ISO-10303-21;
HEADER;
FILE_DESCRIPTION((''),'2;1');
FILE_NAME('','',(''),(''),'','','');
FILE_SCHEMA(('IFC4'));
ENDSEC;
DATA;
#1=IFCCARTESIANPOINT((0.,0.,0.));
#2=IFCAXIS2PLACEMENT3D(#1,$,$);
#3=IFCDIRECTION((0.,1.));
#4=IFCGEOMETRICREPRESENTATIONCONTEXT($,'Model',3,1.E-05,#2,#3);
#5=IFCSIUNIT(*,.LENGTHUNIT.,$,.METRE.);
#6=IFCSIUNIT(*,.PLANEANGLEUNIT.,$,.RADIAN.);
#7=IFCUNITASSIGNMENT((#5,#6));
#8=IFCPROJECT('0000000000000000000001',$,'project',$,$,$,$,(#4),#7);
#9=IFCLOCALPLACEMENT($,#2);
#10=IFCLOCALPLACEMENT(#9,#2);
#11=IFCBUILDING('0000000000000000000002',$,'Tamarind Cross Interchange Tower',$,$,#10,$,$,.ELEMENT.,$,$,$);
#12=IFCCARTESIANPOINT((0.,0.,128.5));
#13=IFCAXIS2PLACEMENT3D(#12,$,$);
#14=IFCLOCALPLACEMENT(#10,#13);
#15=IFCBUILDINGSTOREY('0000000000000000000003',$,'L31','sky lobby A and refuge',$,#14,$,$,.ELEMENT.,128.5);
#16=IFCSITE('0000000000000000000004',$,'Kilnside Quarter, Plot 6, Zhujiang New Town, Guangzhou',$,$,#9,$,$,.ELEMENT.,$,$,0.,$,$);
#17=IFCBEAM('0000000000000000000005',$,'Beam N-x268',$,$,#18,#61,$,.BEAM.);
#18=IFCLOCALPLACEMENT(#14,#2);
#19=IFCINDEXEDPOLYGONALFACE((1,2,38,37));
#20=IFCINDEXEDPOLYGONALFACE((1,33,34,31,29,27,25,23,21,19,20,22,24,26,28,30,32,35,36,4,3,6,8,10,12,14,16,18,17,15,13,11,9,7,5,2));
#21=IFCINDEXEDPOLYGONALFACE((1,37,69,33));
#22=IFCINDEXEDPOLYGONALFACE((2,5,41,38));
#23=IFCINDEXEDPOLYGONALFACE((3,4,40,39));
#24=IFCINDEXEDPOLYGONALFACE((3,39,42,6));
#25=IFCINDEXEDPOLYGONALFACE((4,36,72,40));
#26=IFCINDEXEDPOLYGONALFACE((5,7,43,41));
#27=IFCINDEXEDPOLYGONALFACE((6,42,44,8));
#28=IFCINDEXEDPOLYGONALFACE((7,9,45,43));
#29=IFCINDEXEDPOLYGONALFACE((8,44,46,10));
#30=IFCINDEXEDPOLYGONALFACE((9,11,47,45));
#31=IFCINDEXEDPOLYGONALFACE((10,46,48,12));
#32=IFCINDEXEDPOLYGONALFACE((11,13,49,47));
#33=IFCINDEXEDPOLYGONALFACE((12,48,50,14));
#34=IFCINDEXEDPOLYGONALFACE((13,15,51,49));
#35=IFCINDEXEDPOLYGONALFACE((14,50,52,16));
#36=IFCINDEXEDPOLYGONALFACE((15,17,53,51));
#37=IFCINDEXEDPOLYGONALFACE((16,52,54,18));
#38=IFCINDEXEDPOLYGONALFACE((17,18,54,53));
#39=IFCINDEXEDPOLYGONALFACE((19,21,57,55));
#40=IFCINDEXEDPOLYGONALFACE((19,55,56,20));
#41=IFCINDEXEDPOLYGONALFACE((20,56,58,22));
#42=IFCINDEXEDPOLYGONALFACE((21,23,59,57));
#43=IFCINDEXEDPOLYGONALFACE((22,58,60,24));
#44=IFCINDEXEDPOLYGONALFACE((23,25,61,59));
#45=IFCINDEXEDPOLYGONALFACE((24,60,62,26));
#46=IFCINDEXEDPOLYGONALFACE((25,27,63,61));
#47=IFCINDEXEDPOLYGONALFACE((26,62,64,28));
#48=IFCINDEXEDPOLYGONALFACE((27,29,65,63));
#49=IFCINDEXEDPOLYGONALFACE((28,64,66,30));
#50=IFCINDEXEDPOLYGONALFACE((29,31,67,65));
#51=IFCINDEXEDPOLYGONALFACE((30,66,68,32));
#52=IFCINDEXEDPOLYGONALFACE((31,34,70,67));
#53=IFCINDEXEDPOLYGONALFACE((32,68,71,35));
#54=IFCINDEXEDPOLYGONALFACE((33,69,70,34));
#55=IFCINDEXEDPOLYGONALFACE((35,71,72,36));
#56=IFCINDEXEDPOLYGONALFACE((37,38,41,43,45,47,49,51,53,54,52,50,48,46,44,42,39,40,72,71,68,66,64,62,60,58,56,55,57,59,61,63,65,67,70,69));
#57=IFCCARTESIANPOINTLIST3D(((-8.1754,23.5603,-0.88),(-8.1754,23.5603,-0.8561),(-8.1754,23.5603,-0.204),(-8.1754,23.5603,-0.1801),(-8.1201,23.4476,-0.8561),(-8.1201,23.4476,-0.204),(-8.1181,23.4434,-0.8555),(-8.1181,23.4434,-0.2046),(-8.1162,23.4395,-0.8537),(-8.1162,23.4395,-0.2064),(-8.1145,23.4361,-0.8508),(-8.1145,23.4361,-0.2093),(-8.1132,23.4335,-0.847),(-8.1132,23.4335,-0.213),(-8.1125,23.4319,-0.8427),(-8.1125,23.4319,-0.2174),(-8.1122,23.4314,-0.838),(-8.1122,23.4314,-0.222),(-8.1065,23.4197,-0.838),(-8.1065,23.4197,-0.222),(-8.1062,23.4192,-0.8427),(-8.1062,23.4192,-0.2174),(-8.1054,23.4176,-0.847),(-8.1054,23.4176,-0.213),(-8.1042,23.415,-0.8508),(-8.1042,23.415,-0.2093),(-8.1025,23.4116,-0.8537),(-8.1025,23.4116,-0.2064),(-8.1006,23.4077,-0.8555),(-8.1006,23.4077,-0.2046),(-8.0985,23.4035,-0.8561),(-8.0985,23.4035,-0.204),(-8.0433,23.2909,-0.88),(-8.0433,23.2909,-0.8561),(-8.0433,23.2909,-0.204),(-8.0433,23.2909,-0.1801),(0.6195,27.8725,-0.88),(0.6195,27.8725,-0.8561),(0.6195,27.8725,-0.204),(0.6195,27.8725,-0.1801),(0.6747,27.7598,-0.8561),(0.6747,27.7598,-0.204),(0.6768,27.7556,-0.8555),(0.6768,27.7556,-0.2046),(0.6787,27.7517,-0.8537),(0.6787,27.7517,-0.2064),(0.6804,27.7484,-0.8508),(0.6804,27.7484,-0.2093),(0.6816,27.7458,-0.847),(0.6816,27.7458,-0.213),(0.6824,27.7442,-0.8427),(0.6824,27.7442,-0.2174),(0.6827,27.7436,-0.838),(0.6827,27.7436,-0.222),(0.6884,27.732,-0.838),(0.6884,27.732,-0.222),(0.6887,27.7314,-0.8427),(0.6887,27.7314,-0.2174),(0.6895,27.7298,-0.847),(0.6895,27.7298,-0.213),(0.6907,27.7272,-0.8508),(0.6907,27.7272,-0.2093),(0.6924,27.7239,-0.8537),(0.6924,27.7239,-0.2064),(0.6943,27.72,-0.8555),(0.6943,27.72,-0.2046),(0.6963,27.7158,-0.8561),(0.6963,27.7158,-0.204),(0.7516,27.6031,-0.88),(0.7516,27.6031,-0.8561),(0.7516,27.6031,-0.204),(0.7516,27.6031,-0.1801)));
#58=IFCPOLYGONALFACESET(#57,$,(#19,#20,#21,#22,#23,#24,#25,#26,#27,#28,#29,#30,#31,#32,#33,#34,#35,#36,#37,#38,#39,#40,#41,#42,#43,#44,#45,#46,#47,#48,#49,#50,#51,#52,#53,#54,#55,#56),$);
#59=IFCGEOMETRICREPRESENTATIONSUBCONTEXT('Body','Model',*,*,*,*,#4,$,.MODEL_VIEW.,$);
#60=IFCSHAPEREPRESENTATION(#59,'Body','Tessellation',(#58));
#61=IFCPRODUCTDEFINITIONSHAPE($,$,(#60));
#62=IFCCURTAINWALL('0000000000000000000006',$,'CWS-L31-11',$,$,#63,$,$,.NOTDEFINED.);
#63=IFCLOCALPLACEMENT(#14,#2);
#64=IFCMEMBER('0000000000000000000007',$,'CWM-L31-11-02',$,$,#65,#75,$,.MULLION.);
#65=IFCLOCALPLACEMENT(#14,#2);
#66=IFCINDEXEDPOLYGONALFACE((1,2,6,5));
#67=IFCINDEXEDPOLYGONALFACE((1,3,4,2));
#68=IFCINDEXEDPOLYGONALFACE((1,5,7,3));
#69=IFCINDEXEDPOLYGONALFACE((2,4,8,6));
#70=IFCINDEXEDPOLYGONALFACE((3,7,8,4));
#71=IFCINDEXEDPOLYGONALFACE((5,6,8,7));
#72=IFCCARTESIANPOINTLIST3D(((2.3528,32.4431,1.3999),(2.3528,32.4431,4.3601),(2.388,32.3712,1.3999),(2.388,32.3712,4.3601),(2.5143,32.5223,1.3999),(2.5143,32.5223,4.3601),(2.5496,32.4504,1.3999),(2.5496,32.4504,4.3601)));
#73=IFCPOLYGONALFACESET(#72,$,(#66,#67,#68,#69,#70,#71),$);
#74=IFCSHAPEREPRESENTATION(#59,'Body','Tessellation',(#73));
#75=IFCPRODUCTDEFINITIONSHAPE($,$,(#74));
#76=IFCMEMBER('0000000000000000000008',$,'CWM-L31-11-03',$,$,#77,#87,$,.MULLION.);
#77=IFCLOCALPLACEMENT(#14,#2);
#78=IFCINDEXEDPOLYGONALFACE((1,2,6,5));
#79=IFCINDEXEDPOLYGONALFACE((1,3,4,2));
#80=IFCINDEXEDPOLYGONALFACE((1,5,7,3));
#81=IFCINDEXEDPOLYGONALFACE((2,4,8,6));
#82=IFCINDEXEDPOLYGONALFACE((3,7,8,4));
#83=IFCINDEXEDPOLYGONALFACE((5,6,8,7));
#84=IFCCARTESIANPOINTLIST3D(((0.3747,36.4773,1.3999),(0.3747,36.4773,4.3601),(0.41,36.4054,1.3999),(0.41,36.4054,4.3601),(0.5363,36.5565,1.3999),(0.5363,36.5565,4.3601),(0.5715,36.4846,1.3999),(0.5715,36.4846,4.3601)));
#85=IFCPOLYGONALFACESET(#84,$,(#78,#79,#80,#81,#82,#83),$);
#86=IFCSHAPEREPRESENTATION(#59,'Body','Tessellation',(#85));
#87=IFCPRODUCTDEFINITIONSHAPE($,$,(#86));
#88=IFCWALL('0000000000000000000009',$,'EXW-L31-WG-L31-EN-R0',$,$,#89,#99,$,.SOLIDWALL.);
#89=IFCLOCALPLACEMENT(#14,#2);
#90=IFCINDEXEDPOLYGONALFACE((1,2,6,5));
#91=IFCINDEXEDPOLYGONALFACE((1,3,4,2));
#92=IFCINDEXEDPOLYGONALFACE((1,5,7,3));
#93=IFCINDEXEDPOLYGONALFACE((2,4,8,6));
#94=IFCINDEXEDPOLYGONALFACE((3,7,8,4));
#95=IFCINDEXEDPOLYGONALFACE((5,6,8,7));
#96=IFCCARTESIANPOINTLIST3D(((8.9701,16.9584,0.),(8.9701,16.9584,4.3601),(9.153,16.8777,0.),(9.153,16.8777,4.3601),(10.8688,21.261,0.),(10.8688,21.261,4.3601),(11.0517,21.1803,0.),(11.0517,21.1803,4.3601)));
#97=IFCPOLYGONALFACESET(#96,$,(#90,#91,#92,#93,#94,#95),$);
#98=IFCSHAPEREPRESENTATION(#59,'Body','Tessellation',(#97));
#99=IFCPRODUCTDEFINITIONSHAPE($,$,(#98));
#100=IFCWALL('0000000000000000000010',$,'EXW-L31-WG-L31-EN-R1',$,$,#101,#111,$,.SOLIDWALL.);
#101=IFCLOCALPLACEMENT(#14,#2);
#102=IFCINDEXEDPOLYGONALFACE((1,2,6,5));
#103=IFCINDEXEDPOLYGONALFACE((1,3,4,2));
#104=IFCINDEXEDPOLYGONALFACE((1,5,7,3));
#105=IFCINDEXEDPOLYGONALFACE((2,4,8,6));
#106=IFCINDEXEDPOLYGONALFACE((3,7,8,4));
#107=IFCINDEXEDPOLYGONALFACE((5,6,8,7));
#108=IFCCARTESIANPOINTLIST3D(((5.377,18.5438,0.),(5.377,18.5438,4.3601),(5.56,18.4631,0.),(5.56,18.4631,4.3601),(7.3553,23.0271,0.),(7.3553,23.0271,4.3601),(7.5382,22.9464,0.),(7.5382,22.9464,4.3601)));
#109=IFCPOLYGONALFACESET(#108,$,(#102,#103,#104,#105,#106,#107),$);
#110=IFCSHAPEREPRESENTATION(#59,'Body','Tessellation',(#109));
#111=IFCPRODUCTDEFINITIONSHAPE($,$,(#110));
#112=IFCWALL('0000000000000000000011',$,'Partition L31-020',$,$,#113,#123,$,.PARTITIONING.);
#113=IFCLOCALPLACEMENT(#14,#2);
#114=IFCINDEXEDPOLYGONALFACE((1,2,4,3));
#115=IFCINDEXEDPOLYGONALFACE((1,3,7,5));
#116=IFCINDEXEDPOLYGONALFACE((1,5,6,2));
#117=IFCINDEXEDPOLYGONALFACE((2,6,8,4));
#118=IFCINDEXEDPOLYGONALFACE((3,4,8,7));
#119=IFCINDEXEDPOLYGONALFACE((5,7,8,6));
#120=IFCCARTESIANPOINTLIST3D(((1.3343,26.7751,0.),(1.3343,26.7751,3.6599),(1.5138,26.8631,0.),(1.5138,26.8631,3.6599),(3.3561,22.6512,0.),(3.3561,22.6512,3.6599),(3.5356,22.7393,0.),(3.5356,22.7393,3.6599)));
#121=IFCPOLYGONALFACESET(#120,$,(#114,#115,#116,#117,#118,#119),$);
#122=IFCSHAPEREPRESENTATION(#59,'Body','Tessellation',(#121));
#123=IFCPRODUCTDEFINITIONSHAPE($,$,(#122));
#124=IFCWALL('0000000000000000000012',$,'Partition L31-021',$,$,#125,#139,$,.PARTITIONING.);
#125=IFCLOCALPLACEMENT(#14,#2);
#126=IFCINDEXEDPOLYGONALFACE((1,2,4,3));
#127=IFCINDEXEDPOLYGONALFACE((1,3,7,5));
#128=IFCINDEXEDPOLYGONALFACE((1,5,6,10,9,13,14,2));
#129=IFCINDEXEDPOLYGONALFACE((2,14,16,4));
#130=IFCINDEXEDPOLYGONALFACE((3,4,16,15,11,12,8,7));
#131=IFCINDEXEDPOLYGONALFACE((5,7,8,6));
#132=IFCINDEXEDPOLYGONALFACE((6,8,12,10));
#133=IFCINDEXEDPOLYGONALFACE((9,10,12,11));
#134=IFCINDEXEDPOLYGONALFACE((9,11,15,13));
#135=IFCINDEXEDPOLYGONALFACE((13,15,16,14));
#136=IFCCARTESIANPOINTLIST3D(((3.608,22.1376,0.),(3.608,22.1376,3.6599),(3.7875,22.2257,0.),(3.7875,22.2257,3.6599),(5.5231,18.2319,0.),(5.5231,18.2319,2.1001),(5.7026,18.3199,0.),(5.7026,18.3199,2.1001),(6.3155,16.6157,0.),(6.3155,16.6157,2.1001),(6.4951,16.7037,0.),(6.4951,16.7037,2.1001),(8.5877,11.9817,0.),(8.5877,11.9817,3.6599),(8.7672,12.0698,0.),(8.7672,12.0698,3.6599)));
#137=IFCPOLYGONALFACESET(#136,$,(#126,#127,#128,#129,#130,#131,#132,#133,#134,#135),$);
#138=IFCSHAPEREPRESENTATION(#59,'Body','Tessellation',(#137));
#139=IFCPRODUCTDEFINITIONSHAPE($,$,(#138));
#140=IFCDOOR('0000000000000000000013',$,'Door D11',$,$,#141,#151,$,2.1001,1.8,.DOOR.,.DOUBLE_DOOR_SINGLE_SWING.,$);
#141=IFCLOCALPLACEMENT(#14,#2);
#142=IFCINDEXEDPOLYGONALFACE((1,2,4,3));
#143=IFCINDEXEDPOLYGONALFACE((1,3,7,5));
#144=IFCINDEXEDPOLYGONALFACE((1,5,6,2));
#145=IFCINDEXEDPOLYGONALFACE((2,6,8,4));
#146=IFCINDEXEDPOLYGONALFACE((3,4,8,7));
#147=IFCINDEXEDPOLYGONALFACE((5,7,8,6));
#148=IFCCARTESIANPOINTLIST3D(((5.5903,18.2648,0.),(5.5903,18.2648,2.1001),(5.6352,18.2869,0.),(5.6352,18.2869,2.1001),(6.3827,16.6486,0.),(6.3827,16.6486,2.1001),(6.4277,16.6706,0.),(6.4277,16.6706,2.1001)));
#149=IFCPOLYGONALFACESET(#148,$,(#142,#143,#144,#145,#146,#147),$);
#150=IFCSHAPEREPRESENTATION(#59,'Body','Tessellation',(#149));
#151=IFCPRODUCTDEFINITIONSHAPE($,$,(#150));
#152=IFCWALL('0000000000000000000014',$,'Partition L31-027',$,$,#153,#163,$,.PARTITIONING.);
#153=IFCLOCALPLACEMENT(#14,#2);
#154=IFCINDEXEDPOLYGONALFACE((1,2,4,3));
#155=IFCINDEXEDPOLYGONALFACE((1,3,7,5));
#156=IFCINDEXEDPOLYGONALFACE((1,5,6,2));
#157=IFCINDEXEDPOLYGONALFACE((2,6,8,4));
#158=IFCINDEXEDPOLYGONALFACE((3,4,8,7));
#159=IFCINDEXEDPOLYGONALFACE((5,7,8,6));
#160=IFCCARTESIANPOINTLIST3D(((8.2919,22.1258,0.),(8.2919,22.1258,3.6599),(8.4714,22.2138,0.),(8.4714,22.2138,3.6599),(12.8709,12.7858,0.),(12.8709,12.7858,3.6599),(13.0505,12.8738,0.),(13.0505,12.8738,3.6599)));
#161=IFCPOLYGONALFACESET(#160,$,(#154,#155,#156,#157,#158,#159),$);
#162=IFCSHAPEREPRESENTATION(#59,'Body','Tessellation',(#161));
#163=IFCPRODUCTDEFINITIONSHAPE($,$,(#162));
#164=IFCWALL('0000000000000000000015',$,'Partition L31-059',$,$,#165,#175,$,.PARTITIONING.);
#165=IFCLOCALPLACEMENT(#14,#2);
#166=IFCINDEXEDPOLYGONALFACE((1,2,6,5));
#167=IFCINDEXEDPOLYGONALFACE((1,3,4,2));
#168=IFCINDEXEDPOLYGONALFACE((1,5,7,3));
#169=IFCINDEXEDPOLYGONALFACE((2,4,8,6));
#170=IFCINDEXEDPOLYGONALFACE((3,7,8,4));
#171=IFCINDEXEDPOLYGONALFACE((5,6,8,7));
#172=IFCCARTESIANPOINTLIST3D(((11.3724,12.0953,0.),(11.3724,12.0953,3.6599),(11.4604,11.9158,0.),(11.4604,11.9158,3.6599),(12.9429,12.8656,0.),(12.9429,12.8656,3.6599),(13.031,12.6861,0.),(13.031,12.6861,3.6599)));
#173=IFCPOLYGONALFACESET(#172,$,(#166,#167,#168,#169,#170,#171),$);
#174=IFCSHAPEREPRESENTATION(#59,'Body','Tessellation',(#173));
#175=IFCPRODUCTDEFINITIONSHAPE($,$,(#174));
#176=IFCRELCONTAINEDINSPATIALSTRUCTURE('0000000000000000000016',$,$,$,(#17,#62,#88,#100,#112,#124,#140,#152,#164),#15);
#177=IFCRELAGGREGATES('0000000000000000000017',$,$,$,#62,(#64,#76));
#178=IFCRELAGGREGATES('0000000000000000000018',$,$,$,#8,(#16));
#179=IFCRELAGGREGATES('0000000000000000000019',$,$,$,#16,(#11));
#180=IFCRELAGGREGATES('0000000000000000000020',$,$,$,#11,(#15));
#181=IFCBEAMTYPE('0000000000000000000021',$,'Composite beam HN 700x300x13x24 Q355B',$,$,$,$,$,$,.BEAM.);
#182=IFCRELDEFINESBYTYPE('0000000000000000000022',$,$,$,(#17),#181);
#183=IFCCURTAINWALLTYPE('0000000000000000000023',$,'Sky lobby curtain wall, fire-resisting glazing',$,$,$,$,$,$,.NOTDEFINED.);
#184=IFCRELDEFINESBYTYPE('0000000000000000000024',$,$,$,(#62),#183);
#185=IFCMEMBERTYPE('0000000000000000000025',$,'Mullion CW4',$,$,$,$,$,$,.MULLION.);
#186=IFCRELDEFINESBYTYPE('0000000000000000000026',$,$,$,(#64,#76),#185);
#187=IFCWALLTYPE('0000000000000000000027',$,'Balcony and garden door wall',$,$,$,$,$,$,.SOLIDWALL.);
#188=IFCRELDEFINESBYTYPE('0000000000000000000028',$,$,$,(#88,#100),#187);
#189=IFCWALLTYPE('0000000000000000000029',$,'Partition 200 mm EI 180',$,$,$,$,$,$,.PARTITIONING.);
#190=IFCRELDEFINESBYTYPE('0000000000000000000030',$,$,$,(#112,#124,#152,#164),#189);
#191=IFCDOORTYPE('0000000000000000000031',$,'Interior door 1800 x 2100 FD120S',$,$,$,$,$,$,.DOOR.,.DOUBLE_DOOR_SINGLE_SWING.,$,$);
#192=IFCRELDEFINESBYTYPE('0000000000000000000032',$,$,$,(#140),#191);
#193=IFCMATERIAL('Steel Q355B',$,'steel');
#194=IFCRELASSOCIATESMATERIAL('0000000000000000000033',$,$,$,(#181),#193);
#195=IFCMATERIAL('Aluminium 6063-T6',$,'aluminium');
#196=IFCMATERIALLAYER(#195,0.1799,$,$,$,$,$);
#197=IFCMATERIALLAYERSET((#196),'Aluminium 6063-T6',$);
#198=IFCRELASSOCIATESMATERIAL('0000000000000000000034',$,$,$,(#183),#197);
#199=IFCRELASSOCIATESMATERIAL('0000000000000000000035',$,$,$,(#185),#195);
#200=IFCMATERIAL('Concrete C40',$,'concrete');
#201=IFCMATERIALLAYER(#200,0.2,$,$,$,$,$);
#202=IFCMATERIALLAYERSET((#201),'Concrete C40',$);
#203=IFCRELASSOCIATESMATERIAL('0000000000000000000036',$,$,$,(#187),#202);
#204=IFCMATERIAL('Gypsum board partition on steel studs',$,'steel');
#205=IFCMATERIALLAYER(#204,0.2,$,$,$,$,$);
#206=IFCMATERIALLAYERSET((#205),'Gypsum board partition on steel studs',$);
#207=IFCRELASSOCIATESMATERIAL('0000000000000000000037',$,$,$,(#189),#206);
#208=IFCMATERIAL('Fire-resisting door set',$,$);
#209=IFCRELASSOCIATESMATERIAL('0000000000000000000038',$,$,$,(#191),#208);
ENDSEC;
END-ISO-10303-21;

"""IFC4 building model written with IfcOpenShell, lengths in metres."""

from ifc_helpers import new_model, si_unit, direction, frame, frame_2d, origin, origin_2d, place, context, subcontext, project, spatial, rectangle, i_section, extrude, material, layer, layer_set, material_profile, profile_set, type_object, element, fill, aggregate, save


model = new_model("IFC4")

# Units and contexts
model_context = context("Model", 3, precision=1e-05, world=origin(), true_north=direction((0.0, 1.0)))
body_context = subcontext(model_context, "Body", "Model", "MODEL_VIEW")
ifc_project = project(units=[si_unit("LENGTHUNIT", "METRE"), si_unit("PLANEANGLEUNIT", "RADIAN")], contexts=[model_context])

# Site, building, storey
site_placement = place(None, origin())
site = spatial("IfcSite", under=ifc_project, at=site_placement, Name="Kilnside Quarter, Plot 6, Zhujiang New Town, Guangzhou", CompositionType="ELEMENT", RefElevation=0.0)
building_placement = place(site_placement, origin())
building = spatial("IfcBuilding", under=site, at=building_placement, Name="Tamarind Cross Interchange Tower", CompositionType="ELEMENT")
storey_placement = place(building_placement, frame((0.0, 0.0, 128.5)))
storey = spatial("IfcBuildingStorey", under=building, at=storey_placement, Name="L31", Description="sky lobby A and refuge", CompositionType="ELEMENT", Elevation=128.5)

# Beam
ifc_material_1 = material(Name="Steel Q355B", Category="steel")
ifc_material_profile_1 = material_profile(ifc_material_1, i_section(OverallWidth=0.3, OverallDepth=0.7, WebThickness=0.0129, FlangeThickness=0.0239, FilletRadius=0.0181, at=origin_2d()), Name="HN 700x300x13x24")
ifc_profile_set_1 = profile_set([ifc_material_profile_1], Name="Steel Q355B")
beam_type_1 = type_object("IfcBeamType", Name="Composite beam HN 700x300x13x24 Q355B", PredefinedType="BEAM", material=ifc_profile_set_1)
beam_1_placement = place(storey_placement, frame((0.6855, 27.7378, -0.53), z_axis=(-0.89788, -0.440241, 0.0), x_axis=(0.440241, -0.89788, 0.0)))
element("IfcBeam", 1, at=beam_1_placement, inside=storey, type_object=beam_type_1, Name="Beam N-x268", PredefinedType="BEAM", context=body_context, shape_type="SweptSolid", body=[
    extrude(i_section(OverallWidth=0.3, OverallDepth=0.7, WebThickness=0.0129, FlangeThickness=0.0239, FilletRadius=0.0181, at=origin_2d()), origin(), (0.0, 0.0, 1.0), 9.7952),
])

# Curtain wall, members
ifc_material_2 = material(Name="Aluminium 6063-T6", Category="aluminium")
ifc_layer_1 = layer(ifc_material_2, 0.1799)
ifc_layer_set_1 = layer_set([ifc_layer_1], Name="Aluminium 6063-T6")
curtain_wall_type = type_object("IfcCurtainWallType", Name="Sky lobby curtain wall, fire-resisting glazing", PredefinedType="NOTDEFINED", material=ifc_layer_set_1)
curtain_wall_placement = place(storey_placement, origin())
curtain_wall = element("IfcCurtainWall", 2, at=curtain_wall_placement, inside=storey, type_object=curtain_wall_type, Name="CWS-L31-11", PredefinedType="NOTDEFINED")
ifc_material_profile_2 = material_profile(ifc_material_2, rectangle(XDim=0.0801, YDim=0.1799, at=origin_2d()), Name="Mullion CW4")
ifc_profile_set_2 = profile_set([ifc_material_profile_2], Name="Aluminium 6063-T6")
member_type = type_object("IfcMemberType", Name="Mullion CW4", PredefinedType="MULLION", material=ifc_profile_set_2)
member_1_placement = place(storey_placement, frame((2.4512, 32.4468, 1.3999), z_axis=(0.0, 0.0, 1.0), x_axis=(-0.440253, 0.897874, 0.0)))
member_1 = element("IfcMember", 3, at=member_1_placement, type_object=member_type, Name="CWM-L31-11-02", PredefinedType="MULLION", context=body_context, shape_type="SweptSolid", body=[
    extrude(rectangle(XDim=0.0801, YDim=0.1799, at=origin_2d()), origin(), (0.0, 0.0, 1.0), 2.9602),
])
member_2_placement = place(storey_placement, frame((0.4731, 36.481, 1.3999), z_axis=(0.0, 0.0, 1.0), x_axis=(-0.440253, 0.897874, 0.0)))
member_2 = element("IfcMember", 4, at=member_2_placement, type_object=member_type, Name="CWM-L31-11-03", PredefinedType="MULLION", context=body_context, shape_type="SweptSolid", body=[
    extrude(rectangle(XDim=0.0801, YDim=0.1799, at=origin_2d()), origin(), (0.0, 0.0, 1.0), 2.9602),
])
aggregate(curtain_wall, [member_1, member_2])

# Shared definitions
ifc_material_3 = material(Name="Concrete C40", Category="concrete")
ifc_layer_2 = layer(ifc_material_3, 0.2)
ifc_layer_set_2 = layer_set([ifc_layer_2], Name="Concrete C40")
wall_type_1 = type_object("IfcWallType", Name="Balcony and garden door wall", PredefinedType="SOLIDWALL", material=ifc_layer_set_2)

# Walls
wall_1_placement = place(storey_placement, frame((9.0615, 16.918, 0.0), z_axis=(0.0, 0.0, 1.0), x_axis=(0.403734, 0.914877, 0.0)))
element("IfcWall", 5, at=wall_1_placement, inside=storey, type_object=wall_type_1, Name="EXW-L31-WG-L31-EN-R0", PredefinedType="SOLIDWALL", context=body_context, shape_type="SweptSolid", body=[
    extrude(rectangle(XDim=4.7029, YDim=0.2, at=frame_2d((2.3516, 0.0))), origin(), (0.0, 0.0, 1.0), 4.3601),
])
wall_2_placement = place(storey_placement, frame((5.4685, 18.5034, 0.0), z_axis=(0.0, 0.0, 1.0), x_axis=(0.403692, 0.914895, 0.0)))
element("IfcWall", 6, at=wall_2_placement, inside=storey, type_object=wall_type_1, Name="EXW-L31-WG-L31-EN-R1", PredefinedType="SOLIDWALL", context=body_context, shape_type="SweptSolid", body=[
    extrude(rectangle(XDim=4.9004, YDim=0.2, at=frame_2d((2.4502, 0.0))), origin(), (0.0, 0.0, 1.0), 4.3601),
])
ifc_material_4 = material(Name="Gypsum board partition on steel studs", Category="steel")
ifc_layer_3 = layer(ifc_material_4, 0.2)
ifc_layer_set_3 = layer_set([ifc_layer_3], Name="Gypsum board partition on steel studs")
wall_type_2 = type_object("IfcWallType", Name="Partition 200 mm EI 180", PredefinedType="PARTITIONING", material=ifc_layer_set_3)
wall_3_placement = place(storey_placement, frame((1.4241, 26.8191, 0.0), z_axis=(0.0, 0.0, 1.0), x_axis=(0.440204, -0.897898, 0.0)))
element("IfcWall", 7, at=wall_3_placement, inside=storey, type_object=wall_type_2, Name="Partition L31-020", PredefinedType="PARTITIONING", context=body_context, shape_type="SweptSolid", body=[
    extrude(rectangle(XDim=4.5928, YDim=0.2, at=frame_2d((2.2964, 0.0))), origin(), (0.0, 0.0, 1.0), 3.6599),
])

# Wall, opening, door
wall_4_placement = place(storey_placement, frame((3.6978, 22.1816, 0.0), z_axis=(0.0, 0.0, 1.0), x_axis=(0.44025, -0.897875, 0.0)))
wall_4 = element("IfcWall", 8, at=wall_4_placement, inside=storey, type_object=wall_type_2, Name="Partition L31-021", PredefinedType="PARTITIONING", context=body_context, shape_type="SweptSolid", body=[
    extrude(rectangle(XDim=11.311, YDim=0.2, at=frame_2d((5.6555, 0.0))), origin(), (0.0, 0.0, 1.0), 3.6599),
])
opening_1_placement = place(wall_4_placement, frame((4.3501, 0.0, 0.0)))
opening_1 = element("IfcOpeningElement", 9, at=opening_1_placement, cuts=wall_4, PredefinedType="OPENING", context=body_context, shape_type="SweptSolid", body=[
    extrude(rectangle(XDim=1.8, YDim=2.1001, at=frame_2d((0.8999, 1.05))), frame((0.0, 0.1099, 0.0), z_axis=(0.0, -1.0, 0.0), x_axis=(1.0, 0.0, 0.0)), (0.0, 0.0, 1.0), 0.22),
])
ifc_material_5 = material(Name="Fire-resisting door set")
door_type_1 = type_object("IfcDoorType", Name="Interior door 1800 x 2100 FD120S", OperationType="DOUBLE_DOOR_SINGLE_SWING", PredefinedType="DOOR", material=ifc_material_5)
door_1_placement = place(opening_1_placement, origin())
door_1 = element("IfcDoor", 10, at=door_1_placement, inside=storey, type_object=door_type_1, Name="Door D11", OperationType="DOUBLE_DOOR_SINGLE_SWING", OverallHeight=2.1001, OverallWidth=1.8, PredefinedType="DOOR", context=body_context, shape_type="SweptSolid", body=[
    extrude(rectangle(XDim=1.8, YDim=2.1001, at=frame_2d((0.8999, 1.05))), frame((0.0, 0.0249, 0.0), z_axis=(0.0, -1.0, 0.0), x_axis=(1.0, 0.0, 0.0)), (0.0, 0.0, 1.0), 0.05),
])
fill(opening_1, door_1)

# Walls
wall_5_placement = place(storey_placement, frame((8.3816, 22.1699, 0.0), z_axis=(0.0, 0.0, 1.0), x_axis=(0.440206, -0.897897, 0.0)))
element("IfcWall", 11, at=wall_5_placement, inside=storey, type_object=wall_type_2, Name="Partition L31-027", PredefinedType="PARTITIONING", context=body_context, shape_type="SweptSolid", body=[
    extrude(rectangle(XDim=10.4021, YDim=0.2, at=frame_2d((5.2012, 0.0))), origin(), (0.0, 0.0, 1.0), 3.6599),
])
wall_6_placement = place(storey_placement, frame((11.4165, 12.0056, 0.0), z_axis=(0.0, 0.0, 1.0), x_axis=(0.897834, 0.440334, 0.0)))
element("IfcWall", 12, at=wall_6_placement, inside=storey, type_object=wall_type_2, Name="Partition L31-059", PredefinedType="PARTITIONING", context=body_context, shape_type="SweptSolid", body=[
    extrude(rectangle(XDim=1.7493, YDim=0.2, at=frame_2d((0.8745, 0.0))), origin(), (0.0, 0.0, 1.0), 3.6599),
])

save(model, "model.ifc")
